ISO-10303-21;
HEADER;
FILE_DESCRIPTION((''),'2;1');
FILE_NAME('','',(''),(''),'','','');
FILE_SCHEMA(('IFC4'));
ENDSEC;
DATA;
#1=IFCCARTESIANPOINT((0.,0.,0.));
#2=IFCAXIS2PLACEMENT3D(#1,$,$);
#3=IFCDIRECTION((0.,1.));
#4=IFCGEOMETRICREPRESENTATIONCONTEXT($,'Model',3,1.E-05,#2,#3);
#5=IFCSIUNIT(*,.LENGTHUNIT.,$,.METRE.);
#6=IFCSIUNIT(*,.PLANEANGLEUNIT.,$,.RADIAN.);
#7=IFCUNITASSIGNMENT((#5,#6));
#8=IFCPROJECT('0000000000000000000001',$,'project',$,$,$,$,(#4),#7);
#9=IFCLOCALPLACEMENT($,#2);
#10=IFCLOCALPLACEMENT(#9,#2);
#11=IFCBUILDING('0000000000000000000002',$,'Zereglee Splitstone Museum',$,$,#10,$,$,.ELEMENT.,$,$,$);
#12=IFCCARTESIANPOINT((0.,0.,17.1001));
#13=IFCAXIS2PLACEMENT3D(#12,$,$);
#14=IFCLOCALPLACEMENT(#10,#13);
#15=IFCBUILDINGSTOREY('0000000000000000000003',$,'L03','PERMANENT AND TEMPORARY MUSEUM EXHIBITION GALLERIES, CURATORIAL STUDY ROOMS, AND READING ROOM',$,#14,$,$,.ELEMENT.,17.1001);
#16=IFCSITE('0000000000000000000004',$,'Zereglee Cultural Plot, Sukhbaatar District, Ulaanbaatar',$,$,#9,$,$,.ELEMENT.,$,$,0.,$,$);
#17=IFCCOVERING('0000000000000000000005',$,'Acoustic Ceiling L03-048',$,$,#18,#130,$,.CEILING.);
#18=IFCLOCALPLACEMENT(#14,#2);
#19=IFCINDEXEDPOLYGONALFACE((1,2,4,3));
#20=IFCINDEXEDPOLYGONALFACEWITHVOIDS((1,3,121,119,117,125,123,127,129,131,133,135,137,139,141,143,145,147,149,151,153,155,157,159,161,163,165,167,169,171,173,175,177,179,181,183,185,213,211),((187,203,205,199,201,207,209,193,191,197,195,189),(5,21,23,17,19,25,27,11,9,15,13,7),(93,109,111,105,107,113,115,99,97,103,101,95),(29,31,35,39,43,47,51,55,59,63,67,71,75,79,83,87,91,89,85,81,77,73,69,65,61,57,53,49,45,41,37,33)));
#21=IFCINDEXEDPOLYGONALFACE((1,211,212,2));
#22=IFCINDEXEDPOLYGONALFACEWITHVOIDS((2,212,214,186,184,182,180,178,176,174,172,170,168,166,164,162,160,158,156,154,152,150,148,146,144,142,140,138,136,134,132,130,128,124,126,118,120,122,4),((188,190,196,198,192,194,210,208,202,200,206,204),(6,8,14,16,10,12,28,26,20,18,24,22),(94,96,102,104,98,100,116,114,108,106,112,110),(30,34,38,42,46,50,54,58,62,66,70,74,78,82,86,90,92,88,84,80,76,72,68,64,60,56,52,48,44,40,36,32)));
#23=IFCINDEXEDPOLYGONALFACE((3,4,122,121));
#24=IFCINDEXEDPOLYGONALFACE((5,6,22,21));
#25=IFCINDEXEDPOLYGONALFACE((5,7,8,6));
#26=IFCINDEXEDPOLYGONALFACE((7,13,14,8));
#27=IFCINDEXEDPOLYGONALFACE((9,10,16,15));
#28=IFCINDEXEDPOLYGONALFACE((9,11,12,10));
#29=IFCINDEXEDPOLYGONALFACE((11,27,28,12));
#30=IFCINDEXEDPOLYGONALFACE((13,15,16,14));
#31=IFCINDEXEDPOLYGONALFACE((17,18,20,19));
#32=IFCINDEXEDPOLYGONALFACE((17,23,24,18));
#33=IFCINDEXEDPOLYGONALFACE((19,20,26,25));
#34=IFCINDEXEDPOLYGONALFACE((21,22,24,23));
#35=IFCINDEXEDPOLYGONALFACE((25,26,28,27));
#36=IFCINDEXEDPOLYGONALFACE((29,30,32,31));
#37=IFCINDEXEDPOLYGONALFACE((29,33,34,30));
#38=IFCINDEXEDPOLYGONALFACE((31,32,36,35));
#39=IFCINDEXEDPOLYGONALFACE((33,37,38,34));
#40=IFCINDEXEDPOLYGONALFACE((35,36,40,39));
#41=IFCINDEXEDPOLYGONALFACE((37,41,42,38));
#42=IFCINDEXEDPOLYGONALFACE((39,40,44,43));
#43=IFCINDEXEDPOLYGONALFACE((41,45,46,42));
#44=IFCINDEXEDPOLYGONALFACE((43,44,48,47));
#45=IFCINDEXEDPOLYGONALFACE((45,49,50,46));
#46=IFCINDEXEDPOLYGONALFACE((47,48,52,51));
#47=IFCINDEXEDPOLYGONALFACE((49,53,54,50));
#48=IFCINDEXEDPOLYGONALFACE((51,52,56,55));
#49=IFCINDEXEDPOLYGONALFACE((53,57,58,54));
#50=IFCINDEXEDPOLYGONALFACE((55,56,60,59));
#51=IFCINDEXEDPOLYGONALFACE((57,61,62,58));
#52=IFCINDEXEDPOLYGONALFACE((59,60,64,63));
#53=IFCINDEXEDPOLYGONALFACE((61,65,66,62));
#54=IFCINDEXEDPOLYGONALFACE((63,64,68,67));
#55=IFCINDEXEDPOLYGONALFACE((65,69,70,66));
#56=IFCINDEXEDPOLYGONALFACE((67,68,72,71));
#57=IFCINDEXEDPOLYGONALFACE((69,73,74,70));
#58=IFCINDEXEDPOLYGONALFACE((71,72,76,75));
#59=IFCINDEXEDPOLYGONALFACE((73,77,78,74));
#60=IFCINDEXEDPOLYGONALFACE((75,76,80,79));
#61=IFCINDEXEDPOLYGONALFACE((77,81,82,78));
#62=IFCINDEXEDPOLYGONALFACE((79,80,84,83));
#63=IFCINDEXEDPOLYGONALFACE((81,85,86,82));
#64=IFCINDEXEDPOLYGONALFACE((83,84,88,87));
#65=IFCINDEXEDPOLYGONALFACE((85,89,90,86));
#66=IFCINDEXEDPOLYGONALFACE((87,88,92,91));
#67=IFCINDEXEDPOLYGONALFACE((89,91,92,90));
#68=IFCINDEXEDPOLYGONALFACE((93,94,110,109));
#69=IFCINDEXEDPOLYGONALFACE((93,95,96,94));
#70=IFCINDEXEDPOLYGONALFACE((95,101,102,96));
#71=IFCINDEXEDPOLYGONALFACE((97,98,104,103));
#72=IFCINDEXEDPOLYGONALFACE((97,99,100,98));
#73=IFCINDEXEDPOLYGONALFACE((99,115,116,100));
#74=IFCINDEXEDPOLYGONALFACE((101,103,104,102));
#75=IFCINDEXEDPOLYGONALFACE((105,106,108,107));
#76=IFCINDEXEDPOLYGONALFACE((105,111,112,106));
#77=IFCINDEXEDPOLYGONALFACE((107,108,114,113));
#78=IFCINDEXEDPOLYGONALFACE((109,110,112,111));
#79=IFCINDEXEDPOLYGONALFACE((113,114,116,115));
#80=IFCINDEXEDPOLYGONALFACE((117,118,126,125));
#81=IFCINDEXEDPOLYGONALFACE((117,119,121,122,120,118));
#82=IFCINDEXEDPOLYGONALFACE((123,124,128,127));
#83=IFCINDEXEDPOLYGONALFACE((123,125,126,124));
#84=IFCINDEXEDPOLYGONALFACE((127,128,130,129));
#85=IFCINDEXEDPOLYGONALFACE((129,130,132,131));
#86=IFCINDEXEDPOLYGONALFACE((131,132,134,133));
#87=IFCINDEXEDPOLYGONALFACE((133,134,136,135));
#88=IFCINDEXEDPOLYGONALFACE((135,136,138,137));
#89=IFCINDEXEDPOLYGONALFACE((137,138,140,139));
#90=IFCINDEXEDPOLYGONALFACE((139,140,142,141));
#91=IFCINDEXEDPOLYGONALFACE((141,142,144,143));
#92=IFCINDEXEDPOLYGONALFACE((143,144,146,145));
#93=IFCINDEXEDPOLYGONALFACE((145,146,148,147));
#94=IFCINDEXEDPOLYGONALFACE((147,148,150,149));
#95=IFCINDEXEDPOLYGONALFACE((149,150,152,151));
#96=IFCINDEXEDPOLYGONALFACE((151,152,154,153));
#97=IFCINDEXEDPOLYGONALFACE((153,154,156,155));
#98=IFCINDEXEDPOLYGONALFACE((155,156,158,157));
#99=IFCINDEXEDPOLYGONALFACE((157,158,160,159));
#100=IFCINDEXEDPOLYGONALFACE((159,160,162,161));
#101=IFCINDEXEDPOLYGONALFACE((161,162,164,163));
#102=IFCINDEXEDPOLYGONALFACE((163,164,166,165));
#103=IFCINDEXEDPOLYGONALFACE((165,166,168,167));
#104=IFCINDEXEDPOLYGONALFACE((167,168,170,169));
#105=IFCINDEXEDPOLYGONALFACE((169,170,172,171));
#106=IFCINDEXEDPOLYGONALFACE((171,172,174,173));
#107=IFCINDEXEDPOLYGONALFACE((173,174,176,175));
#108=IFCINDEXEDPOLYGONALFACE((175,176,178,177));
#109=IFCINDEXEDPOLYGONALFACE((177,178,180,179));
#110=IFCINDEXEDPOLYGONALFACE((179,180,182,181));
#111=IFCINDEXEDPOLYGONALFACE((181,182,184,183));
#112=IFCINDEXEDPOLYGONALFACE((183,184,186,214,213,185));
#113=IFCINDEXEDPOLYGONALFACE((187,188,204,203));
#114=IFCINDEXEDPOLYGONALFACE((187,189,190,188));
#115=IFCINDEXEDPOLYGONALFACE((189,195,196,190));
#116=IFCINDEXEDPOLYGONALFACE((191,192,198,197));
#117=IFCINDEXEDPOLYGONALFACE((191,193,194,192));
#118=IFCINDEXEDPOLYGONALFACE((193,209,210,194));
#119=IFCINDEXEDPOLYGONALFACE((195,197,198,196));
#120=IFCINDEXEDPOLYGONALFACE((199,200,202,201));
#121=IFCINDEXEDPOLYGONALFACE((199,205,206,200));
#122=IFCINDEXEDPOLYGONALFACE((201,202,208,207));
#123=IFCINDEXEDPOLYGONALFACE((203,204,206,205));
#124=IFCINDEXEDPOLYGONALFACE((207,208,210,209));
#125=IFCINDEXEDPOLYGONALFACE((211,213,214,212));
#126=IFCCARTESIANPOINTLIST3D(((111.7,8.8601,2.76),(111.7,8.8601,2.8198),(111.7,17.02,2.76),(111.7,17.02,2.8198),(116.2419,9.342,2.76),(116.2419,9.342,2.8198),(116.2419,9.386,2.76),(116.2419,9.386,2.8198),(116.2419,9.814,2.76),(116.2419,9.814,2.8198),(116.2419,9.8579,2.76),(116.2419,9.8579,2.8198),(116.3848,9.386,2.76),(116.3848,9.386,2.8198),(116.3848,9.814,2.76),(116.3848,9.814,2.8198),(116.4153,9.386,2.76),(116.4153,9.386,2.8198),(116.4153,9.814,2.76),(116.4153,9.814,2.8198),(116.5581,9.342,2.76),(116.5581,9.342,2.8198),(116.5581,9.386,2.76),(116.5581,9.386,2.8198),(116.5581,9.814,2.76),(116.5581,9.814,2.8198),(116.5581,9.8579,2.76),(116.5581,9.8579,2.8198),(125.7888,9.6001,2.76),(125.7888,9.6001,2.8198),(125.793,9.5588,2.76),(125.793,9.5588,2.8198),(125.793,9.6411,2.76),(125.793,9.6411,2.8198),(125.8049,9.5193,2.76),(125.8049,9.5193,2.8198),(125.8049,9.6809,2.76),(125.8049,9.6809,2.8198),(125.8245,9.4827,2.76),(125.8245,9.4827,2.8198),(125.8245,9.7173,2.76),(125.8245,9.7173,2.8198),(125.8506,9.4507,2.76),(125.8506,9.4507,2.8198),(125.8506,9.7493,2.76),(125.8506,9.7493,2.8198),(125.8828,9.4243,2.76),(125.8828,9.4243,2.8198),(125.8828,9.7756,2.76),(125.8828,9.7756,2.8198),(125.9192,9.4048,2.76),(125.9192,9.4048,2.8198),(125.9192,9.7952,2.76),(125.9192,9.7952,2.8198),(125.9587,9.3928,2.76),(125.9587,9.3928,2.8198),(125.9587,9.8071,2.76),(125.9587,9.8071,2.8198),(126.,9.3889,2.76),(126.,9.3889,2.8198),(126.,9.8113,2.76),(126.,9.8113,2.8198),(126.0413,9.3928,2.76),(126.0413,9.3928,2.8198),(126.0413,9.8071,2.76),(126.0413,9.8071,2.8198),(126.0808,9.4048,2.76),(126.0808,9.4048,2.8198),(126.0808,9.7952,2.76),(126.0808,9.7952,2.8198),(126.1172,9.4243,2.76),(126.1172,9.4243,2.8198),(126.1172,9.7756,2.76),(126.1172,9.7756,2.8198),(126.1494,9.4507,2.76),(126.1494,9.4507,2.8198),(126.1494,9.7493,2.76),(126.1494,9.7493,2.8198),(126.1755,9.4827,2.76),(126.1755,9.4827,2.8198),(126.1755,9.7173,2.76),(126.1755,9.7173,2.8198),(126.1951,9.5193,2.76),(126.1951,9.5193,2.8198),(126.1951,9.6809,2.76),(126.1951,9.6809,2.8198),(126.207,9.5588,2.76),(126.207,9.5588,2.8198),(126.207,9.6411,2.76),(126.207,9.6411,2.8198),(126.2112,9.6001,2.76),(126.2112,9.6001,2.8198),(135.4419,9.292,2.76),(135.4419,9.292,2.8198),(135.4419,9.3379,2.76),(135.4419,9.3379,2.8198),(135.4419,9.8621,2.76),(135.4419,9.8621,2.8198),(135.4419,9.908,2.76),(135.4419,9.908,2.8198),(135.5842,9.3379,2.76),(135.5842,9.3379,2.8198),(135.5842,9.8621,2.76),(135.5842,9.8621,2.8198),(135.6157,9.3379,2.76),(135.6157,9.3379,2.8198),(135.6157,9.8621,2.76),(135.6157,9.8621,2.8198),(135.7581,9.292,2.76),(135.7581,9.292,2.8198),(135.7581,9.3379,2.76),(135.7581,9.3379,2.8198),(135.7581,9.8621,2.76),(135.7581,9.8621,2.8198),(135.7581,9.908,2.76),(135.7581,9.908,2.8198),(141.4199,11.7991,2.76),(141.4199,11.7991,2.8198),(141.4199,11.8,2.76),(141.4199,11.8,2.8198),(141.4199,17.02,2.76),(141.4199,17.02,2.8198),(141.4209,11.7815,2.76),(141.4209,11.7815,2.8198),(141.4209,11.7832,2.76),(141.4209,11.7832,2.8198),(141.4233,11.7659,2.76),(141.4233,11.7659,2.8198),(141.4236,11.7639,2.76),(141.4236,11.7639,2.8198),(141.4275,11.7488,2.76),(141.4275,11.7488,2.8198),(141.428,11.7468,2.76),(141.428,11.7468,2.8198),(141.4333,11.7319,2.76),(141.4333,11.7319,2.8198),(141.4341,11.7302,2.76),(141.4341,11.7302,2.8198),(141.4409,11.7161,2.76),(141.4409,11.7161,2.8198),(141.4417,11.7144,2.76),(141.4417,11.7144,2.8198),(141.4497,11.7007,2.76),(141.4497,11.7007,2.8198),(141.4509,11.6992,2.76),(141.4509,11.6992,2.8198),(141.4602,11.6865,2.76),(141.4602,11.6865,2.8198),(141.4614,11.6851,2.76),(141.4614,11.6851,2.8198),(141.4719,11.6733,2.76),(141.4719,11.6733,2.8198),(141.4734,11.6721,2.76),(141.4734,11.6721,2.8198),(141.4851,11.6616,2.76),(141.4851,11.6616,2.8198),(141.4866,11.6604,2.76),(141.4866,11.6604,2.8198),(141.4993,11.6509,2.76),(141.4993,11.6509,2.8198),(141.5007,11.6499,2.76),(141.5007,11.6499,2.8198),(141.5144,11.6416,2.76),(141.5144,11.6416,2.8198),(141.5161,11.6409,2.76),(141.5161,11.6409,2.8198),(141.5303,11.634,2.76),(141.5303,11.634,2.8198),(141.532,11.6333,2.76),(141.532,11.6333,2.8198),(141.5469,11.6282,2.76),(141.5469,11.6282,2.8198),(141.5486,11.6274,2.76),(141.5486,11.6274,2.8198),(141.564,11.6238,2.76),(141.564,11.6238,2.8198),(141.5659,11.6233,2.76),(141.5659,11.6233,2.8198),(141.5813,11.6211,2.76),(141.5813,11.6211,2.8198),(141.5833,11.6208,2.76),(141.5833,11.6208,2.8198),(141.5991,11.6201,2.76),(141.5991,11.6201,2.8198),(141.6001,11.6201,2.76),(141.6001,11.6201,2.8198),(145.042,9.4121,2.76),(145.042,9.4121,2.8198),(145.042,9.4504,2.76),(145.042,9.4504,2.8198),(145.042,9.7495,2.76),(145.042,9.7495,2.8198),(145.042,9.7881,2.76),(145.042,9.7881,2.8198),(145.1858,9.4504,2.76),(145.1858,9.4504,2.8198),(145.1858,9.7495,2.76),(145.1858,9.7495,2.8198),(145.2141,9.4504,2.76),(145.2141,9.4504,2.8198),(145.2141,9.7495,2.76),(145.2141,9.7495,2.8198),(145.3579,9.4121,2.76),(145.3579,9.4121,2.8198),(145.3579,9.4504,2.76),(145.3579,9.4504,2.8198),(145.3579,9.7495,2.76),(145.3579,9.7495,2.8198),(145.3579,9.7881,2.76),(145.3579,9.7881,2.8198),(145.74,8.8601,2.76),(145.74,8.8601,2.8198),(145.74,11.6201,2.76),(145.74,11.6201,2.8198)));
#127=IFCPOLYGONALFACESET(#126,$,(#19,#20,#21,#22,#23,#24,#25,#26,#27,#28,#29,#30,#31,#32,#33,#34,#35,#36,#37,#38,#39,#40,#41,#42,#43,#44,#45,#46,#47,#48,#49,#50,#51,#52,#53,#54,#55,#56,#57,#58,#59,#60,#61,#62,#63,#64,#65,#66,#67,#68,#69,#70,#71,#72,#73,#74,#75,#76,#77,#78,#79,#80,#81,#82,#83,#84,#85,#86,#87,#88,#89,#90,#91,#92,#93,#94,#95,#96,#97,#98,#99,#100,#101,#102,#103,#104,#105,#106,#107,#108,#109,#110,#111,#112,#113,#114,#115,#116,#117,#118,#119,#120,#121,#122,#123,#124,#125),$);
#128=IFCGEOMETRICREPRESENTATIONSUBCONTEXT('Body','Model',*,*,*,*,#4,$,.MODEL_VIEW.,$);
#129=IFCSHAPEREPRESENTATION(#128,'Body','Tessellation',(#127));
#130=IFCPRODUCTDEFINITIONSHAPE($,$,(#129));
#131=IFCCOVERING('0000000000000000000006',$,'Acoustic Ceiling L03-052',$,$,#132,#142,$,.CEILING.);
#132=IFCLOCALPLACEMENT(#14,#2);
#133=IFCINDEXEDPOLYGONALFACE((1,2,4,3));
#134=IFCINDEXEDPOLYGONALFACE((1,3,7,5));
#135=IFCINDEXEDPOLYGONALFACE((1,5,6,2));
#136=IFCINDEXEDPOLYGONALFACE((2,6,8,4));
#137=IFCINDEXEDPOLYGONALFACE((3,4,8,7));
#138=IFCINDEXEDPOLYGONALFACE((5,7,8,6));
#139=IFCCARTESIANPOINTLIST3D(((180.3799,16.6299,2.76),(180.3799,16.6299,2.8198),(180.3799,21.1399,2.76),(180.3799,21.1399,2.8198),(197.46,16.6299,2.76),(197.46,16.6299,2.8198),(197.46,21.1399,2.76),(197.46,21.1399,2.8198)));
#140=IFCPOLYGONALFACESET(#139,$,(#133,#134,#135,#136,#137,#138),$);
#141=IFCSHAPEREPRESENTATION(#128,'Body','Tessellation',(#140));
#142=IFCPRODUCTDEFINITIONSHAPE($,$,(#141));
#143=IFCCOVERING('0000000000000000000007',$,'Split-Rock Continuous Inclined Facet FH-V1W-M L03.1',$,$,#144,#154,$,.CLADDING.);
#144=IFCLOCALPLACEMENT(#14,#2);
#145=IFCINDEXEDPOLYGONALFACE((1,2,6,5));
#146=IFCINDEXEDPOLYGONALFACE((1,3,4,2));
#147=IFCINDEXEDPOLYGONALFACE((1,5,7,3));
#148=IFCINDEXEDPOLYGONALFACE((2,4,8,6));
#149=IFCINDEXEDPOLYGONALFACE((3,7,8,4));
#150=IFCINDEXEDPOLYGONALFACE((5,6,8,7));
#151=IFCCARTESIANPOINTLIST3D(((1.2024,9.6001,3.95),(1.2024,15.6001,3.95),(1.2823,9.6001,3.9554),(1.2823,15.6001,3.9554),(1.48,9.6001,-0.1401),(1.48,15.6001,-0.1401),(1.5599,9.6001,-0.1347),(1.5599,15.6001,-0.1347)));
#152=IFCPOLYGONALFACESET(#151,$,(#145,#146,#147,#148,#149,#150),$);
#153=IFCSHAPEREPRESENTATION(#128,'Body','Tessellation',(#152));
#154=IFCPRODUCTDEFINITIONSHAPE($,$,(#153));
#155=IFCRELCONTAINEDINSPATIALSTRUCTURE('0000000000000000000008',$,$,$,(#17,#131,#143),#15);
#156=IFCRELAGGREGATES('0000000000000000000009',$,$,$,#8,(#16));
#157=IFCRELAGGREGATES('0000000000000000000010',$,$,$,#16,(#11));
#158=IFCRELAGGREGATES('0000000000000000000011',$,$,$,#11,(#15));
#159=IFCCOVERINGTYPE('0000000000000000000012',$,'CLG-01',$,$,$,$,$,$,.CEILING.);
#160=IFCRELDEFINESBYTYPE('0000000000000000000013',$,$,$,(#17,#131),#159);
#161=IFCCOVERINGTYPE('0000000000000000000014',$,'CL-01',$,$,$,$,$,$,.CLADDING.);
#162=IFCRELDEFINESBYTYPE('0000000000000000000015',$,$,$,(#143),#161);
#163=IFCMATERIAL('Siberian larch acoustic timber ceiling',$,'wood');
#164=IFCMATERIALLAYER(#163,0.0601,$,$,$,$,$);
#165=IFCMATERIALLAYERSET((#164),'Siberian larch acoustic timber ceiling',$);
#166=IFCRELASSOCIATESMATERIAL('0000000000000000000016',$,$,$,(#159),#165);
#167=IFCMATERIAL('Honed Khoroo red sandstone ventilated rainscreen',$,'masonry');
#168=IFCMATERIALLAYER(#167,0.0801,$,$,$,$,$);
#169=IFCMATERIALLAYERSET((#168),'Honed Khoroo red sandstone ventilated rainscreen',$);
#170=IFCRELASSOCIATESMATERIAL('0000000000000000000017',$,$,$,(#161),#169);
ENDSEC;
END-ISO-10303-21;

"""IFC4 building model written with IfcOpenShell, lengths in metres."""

from ifc_helpers import new_model, si_unit, direction, frame, origin, place, context, subcontext, project, spatial, polyline, outline, extrude, material, layer, layer_set, type_object, element, save


model = new_model("IFC4")

# Units and contexts
model_context = context("Model", 3, precision=1e-05, world=origin(), true_north=direction((0.0, 1.0)))
body_context = subcontext(model_context, "Body", "Model", "MODEL_VIEW")
ifc_project = project(units=[si_unit("LENGTHUNIT", "METRE"), si_unit("PLANEANGLEUNIT", "RADIAN")], contexts=[model_context])

# Site, building, storey
site_placement = place(None, origin())
site = spatial("IfcSite", under=ifc_project, at=site_placement, Name="Zereglee Cultural Plot, Sukhbaatar District, Ulaanbaatar", CompositionType="ELEMENT", RefElevation=0.0)
building_placement = place(site_placement, origin())
building = spatial("IfcBuilding", under=site, at=building_placement, Name="Zereglee Splitstone Museum", CompositionType="ELEMENT")
storey_placement = place(building_placement, frame((0.0, 0.0, 17.1001)))
storey = spatial("IfcBuildingStorey", under=building, at=storey_placement, Name="L03", Description="PERMANENT AND TEMPORARY MUSEUM EXHIBITION GALLERIES, CURATORIAL STUDY ROOMS, AND READING ROOM", CompositionType="ELEMENT", Elevation=17.1001)

# Coverings
ifc_material_1 = material(Name="Siberian larch acoustic timber ceiling", Category="wood")
ifc_layer_1 = layer(ifc_material_1, 0.0601)
ifc_layer_set_1 = layer_set([ifc_layer_1], Name="Siberian larch acoustic timber ceiling")
covering_type_1 = type_object("IfcCoveringType", Name="CLG-01", PredefinedType="CEILING", material=ifc_layer_set_1)
covering_1_placement = place(storey_placement, frame((0.0, 0.0, 2.76)))
element("IfcCovering", 1, at=covering_1_placement, inside=storey, type_object=covering_type_1, Name="Acoustic Ceiling L03-048", PredefinedType="CEILING", context=body_context, shape_type="SweptSolid", body=[
    extrude(outline(polyline([(111.7, 17.02), (141.4199, 17.02), (141.4199, 11.8), (141.4199, 11.7991), (141.4209, 11.7832), (141.4209, 11.7815), (141.4233, 11.7659), (141.4236, 11.7639), (141.4275, 11.7488), (141.428, 11.7468), (141.4333, 11.7319), (141.4341, 11.7302), (141.4409, 11.7161), (141.4417, 11.7144), (141.4497, 11.7007), (141.4509, 11.6992), (141.4602, 11.6865), (141.4614, 11.6851), (141.4719, 11.6733), (141.4734, 11.6721), (141.4851, 11.6616), (141.4866, 11.6604), (141.4993, 11.6509), (141.5007, 11.6499), (141.5144, 11.6416), (141.5161, 11.6409), (141.5303, 11.634), (141.532, 11.6333), (141.5469, 11.6282), (141.5486, 11.6274), (141.564, 11.6238), (141.5659, 11.6233), (141.5813, 11.6211), (141.5833, 11.6208), (141.5991, 11.6201), (141.6001, 11.6201), (145.74, 11.6201), (145.74, 8.8601), (111.7, 8.8601), (111.7, 17.02)]), holes=[polyline([(135.4419, 9.908), (135.4419, 9.8621), (135.5842, 9.8621), (135.5842, 9.3379), (135.4419, 9.3379), (135.4419, 9.292), (135.7581, 9.292), (135.7581, 9.3379), (135.6157, 9.3379), (135.6157, 9.8621), (135.7581, 9.8621), (135.7581, 9.908), (135.4419, 9.908)]), polyline([(126.0808, 9.4048), (126.1172, 9.4243), (126.1494, 9.4507), (126.1755, 9.4827), (126.1951, 9.5193), (126.207, 9.5588), (126.2112, 9.6001), (126.207, 9.6411), (126.1951, 9.6809), (126.1755, 9.7173), (126.1494, 9.7493), (126.1172, 9.7756), (126.0808, 9.7952), (126.0413, 9.8071), (126.0, 9.8113), (125.9587, 9.8071), (125.9192, 9.7952), (125.8828, 9.7756), (125.8506, 9.7493), (125.8245, 9.7173), (125.8049, 9.6809), (125.793, 9.6411), (125.7888, 9.6001), (125.793, 9.5588), (125.8049, 9.5193), (125.8245, 9.4827), (125.8506, 9.4507), (125.8828, 9.4243), (125.9192, 9.4048), (125.9587, 9.3928), (126.0, 9.3889), (126.0413, 9.3928), (126.0808, 9.4048)]), polyline([(145.3579, 9.7881), (145.042, 9.7881), (145.042, 9.7495), (145.1858, 9.7495), (145.1858, 9.4504), (145.042, 9.4504), (145.042, 9.4121), (145.3579, 9.4121), (145.3579, 9.4504), (145.2141, 9.4504), (145.2141, 9.7495), (145.3579, 9.7495), (145.3579, 9.7881)]), polyline([(116.5581, 9.8579), (116.2419, 9.8579), (116.2419, 9.814), (116.3848, 9.814), (116.3848, 9.386), (116.2419, 9.386), (116.2419, 9.342), (116.5581, 9.342), (116.5581, 9.386), (116.4153, 9.386), (116.4153, 9.814), (116.5581, 9.814), (116.5581, 9.8579)])]), origin(), (0.0, 0.0, 1.0), 0.0598),
])
covering_2_placement = place(storey_placement, frame((0.0, 0.0, 2.76)))
element("IfcCovering", 2, at=covering_2_placement, inside=storey, type_object=covering_type_1, Name="Acoustic Ceiling L03-052", PredefinedType="CEILING", context=body_context, shape_type="SweptSolid", body=[
    extrude(outline(polyline([(180.3799, 21.1399), (197.46, 21.1399), (197.46, 16.6299), (180.3799, 16.6299), (180.3799, 21.1399)])), origin(), (0.0, 0.0, 1.0), 0.0598),
])
ifc_material_2 = material(Name="Honed Khoroo red sandstone ventilated rainscreen", Category="masonry")
ifc_layer_2 = layer(ifc_material_2, 0.0801)
ifc_layer_set_2 = layer_set([ifc_layer_2], Name="Honed Khoroo red sandstone ventilated rainscreen")
covering_type_2 = type_object("IfcCoveringType", Name="CL-01", PredefinedType="CLADDING", material=ifc_layer_set_2)
covering_3_placement = place(storey_placement, frame((1.2024, 9.6001, 3.95), z_axis=(-0.997705, 0.0, -0.067713), x_axis=(0.0, 1.0, 0.0)))
element("IfcCovering", 3, at=covering_3_placement, inside=storey, type_object=covering_type_2, Name="Split-Rock Continuous Inclined Facet FH-V1W-M L03.1", PredefinedType="CLADDING", context=body_context, shape_type="SweptSolid", body=[
    extrude(outline(polyline([(0.0, 0.0), (6.0, 0.0), (6.0, 4.0995), (0.0, 4.0995), (0.0, 0.0)])), origin(), (0.0, 0.0, -1.0), 0.0801),
])

save(model, "model.ifc")
